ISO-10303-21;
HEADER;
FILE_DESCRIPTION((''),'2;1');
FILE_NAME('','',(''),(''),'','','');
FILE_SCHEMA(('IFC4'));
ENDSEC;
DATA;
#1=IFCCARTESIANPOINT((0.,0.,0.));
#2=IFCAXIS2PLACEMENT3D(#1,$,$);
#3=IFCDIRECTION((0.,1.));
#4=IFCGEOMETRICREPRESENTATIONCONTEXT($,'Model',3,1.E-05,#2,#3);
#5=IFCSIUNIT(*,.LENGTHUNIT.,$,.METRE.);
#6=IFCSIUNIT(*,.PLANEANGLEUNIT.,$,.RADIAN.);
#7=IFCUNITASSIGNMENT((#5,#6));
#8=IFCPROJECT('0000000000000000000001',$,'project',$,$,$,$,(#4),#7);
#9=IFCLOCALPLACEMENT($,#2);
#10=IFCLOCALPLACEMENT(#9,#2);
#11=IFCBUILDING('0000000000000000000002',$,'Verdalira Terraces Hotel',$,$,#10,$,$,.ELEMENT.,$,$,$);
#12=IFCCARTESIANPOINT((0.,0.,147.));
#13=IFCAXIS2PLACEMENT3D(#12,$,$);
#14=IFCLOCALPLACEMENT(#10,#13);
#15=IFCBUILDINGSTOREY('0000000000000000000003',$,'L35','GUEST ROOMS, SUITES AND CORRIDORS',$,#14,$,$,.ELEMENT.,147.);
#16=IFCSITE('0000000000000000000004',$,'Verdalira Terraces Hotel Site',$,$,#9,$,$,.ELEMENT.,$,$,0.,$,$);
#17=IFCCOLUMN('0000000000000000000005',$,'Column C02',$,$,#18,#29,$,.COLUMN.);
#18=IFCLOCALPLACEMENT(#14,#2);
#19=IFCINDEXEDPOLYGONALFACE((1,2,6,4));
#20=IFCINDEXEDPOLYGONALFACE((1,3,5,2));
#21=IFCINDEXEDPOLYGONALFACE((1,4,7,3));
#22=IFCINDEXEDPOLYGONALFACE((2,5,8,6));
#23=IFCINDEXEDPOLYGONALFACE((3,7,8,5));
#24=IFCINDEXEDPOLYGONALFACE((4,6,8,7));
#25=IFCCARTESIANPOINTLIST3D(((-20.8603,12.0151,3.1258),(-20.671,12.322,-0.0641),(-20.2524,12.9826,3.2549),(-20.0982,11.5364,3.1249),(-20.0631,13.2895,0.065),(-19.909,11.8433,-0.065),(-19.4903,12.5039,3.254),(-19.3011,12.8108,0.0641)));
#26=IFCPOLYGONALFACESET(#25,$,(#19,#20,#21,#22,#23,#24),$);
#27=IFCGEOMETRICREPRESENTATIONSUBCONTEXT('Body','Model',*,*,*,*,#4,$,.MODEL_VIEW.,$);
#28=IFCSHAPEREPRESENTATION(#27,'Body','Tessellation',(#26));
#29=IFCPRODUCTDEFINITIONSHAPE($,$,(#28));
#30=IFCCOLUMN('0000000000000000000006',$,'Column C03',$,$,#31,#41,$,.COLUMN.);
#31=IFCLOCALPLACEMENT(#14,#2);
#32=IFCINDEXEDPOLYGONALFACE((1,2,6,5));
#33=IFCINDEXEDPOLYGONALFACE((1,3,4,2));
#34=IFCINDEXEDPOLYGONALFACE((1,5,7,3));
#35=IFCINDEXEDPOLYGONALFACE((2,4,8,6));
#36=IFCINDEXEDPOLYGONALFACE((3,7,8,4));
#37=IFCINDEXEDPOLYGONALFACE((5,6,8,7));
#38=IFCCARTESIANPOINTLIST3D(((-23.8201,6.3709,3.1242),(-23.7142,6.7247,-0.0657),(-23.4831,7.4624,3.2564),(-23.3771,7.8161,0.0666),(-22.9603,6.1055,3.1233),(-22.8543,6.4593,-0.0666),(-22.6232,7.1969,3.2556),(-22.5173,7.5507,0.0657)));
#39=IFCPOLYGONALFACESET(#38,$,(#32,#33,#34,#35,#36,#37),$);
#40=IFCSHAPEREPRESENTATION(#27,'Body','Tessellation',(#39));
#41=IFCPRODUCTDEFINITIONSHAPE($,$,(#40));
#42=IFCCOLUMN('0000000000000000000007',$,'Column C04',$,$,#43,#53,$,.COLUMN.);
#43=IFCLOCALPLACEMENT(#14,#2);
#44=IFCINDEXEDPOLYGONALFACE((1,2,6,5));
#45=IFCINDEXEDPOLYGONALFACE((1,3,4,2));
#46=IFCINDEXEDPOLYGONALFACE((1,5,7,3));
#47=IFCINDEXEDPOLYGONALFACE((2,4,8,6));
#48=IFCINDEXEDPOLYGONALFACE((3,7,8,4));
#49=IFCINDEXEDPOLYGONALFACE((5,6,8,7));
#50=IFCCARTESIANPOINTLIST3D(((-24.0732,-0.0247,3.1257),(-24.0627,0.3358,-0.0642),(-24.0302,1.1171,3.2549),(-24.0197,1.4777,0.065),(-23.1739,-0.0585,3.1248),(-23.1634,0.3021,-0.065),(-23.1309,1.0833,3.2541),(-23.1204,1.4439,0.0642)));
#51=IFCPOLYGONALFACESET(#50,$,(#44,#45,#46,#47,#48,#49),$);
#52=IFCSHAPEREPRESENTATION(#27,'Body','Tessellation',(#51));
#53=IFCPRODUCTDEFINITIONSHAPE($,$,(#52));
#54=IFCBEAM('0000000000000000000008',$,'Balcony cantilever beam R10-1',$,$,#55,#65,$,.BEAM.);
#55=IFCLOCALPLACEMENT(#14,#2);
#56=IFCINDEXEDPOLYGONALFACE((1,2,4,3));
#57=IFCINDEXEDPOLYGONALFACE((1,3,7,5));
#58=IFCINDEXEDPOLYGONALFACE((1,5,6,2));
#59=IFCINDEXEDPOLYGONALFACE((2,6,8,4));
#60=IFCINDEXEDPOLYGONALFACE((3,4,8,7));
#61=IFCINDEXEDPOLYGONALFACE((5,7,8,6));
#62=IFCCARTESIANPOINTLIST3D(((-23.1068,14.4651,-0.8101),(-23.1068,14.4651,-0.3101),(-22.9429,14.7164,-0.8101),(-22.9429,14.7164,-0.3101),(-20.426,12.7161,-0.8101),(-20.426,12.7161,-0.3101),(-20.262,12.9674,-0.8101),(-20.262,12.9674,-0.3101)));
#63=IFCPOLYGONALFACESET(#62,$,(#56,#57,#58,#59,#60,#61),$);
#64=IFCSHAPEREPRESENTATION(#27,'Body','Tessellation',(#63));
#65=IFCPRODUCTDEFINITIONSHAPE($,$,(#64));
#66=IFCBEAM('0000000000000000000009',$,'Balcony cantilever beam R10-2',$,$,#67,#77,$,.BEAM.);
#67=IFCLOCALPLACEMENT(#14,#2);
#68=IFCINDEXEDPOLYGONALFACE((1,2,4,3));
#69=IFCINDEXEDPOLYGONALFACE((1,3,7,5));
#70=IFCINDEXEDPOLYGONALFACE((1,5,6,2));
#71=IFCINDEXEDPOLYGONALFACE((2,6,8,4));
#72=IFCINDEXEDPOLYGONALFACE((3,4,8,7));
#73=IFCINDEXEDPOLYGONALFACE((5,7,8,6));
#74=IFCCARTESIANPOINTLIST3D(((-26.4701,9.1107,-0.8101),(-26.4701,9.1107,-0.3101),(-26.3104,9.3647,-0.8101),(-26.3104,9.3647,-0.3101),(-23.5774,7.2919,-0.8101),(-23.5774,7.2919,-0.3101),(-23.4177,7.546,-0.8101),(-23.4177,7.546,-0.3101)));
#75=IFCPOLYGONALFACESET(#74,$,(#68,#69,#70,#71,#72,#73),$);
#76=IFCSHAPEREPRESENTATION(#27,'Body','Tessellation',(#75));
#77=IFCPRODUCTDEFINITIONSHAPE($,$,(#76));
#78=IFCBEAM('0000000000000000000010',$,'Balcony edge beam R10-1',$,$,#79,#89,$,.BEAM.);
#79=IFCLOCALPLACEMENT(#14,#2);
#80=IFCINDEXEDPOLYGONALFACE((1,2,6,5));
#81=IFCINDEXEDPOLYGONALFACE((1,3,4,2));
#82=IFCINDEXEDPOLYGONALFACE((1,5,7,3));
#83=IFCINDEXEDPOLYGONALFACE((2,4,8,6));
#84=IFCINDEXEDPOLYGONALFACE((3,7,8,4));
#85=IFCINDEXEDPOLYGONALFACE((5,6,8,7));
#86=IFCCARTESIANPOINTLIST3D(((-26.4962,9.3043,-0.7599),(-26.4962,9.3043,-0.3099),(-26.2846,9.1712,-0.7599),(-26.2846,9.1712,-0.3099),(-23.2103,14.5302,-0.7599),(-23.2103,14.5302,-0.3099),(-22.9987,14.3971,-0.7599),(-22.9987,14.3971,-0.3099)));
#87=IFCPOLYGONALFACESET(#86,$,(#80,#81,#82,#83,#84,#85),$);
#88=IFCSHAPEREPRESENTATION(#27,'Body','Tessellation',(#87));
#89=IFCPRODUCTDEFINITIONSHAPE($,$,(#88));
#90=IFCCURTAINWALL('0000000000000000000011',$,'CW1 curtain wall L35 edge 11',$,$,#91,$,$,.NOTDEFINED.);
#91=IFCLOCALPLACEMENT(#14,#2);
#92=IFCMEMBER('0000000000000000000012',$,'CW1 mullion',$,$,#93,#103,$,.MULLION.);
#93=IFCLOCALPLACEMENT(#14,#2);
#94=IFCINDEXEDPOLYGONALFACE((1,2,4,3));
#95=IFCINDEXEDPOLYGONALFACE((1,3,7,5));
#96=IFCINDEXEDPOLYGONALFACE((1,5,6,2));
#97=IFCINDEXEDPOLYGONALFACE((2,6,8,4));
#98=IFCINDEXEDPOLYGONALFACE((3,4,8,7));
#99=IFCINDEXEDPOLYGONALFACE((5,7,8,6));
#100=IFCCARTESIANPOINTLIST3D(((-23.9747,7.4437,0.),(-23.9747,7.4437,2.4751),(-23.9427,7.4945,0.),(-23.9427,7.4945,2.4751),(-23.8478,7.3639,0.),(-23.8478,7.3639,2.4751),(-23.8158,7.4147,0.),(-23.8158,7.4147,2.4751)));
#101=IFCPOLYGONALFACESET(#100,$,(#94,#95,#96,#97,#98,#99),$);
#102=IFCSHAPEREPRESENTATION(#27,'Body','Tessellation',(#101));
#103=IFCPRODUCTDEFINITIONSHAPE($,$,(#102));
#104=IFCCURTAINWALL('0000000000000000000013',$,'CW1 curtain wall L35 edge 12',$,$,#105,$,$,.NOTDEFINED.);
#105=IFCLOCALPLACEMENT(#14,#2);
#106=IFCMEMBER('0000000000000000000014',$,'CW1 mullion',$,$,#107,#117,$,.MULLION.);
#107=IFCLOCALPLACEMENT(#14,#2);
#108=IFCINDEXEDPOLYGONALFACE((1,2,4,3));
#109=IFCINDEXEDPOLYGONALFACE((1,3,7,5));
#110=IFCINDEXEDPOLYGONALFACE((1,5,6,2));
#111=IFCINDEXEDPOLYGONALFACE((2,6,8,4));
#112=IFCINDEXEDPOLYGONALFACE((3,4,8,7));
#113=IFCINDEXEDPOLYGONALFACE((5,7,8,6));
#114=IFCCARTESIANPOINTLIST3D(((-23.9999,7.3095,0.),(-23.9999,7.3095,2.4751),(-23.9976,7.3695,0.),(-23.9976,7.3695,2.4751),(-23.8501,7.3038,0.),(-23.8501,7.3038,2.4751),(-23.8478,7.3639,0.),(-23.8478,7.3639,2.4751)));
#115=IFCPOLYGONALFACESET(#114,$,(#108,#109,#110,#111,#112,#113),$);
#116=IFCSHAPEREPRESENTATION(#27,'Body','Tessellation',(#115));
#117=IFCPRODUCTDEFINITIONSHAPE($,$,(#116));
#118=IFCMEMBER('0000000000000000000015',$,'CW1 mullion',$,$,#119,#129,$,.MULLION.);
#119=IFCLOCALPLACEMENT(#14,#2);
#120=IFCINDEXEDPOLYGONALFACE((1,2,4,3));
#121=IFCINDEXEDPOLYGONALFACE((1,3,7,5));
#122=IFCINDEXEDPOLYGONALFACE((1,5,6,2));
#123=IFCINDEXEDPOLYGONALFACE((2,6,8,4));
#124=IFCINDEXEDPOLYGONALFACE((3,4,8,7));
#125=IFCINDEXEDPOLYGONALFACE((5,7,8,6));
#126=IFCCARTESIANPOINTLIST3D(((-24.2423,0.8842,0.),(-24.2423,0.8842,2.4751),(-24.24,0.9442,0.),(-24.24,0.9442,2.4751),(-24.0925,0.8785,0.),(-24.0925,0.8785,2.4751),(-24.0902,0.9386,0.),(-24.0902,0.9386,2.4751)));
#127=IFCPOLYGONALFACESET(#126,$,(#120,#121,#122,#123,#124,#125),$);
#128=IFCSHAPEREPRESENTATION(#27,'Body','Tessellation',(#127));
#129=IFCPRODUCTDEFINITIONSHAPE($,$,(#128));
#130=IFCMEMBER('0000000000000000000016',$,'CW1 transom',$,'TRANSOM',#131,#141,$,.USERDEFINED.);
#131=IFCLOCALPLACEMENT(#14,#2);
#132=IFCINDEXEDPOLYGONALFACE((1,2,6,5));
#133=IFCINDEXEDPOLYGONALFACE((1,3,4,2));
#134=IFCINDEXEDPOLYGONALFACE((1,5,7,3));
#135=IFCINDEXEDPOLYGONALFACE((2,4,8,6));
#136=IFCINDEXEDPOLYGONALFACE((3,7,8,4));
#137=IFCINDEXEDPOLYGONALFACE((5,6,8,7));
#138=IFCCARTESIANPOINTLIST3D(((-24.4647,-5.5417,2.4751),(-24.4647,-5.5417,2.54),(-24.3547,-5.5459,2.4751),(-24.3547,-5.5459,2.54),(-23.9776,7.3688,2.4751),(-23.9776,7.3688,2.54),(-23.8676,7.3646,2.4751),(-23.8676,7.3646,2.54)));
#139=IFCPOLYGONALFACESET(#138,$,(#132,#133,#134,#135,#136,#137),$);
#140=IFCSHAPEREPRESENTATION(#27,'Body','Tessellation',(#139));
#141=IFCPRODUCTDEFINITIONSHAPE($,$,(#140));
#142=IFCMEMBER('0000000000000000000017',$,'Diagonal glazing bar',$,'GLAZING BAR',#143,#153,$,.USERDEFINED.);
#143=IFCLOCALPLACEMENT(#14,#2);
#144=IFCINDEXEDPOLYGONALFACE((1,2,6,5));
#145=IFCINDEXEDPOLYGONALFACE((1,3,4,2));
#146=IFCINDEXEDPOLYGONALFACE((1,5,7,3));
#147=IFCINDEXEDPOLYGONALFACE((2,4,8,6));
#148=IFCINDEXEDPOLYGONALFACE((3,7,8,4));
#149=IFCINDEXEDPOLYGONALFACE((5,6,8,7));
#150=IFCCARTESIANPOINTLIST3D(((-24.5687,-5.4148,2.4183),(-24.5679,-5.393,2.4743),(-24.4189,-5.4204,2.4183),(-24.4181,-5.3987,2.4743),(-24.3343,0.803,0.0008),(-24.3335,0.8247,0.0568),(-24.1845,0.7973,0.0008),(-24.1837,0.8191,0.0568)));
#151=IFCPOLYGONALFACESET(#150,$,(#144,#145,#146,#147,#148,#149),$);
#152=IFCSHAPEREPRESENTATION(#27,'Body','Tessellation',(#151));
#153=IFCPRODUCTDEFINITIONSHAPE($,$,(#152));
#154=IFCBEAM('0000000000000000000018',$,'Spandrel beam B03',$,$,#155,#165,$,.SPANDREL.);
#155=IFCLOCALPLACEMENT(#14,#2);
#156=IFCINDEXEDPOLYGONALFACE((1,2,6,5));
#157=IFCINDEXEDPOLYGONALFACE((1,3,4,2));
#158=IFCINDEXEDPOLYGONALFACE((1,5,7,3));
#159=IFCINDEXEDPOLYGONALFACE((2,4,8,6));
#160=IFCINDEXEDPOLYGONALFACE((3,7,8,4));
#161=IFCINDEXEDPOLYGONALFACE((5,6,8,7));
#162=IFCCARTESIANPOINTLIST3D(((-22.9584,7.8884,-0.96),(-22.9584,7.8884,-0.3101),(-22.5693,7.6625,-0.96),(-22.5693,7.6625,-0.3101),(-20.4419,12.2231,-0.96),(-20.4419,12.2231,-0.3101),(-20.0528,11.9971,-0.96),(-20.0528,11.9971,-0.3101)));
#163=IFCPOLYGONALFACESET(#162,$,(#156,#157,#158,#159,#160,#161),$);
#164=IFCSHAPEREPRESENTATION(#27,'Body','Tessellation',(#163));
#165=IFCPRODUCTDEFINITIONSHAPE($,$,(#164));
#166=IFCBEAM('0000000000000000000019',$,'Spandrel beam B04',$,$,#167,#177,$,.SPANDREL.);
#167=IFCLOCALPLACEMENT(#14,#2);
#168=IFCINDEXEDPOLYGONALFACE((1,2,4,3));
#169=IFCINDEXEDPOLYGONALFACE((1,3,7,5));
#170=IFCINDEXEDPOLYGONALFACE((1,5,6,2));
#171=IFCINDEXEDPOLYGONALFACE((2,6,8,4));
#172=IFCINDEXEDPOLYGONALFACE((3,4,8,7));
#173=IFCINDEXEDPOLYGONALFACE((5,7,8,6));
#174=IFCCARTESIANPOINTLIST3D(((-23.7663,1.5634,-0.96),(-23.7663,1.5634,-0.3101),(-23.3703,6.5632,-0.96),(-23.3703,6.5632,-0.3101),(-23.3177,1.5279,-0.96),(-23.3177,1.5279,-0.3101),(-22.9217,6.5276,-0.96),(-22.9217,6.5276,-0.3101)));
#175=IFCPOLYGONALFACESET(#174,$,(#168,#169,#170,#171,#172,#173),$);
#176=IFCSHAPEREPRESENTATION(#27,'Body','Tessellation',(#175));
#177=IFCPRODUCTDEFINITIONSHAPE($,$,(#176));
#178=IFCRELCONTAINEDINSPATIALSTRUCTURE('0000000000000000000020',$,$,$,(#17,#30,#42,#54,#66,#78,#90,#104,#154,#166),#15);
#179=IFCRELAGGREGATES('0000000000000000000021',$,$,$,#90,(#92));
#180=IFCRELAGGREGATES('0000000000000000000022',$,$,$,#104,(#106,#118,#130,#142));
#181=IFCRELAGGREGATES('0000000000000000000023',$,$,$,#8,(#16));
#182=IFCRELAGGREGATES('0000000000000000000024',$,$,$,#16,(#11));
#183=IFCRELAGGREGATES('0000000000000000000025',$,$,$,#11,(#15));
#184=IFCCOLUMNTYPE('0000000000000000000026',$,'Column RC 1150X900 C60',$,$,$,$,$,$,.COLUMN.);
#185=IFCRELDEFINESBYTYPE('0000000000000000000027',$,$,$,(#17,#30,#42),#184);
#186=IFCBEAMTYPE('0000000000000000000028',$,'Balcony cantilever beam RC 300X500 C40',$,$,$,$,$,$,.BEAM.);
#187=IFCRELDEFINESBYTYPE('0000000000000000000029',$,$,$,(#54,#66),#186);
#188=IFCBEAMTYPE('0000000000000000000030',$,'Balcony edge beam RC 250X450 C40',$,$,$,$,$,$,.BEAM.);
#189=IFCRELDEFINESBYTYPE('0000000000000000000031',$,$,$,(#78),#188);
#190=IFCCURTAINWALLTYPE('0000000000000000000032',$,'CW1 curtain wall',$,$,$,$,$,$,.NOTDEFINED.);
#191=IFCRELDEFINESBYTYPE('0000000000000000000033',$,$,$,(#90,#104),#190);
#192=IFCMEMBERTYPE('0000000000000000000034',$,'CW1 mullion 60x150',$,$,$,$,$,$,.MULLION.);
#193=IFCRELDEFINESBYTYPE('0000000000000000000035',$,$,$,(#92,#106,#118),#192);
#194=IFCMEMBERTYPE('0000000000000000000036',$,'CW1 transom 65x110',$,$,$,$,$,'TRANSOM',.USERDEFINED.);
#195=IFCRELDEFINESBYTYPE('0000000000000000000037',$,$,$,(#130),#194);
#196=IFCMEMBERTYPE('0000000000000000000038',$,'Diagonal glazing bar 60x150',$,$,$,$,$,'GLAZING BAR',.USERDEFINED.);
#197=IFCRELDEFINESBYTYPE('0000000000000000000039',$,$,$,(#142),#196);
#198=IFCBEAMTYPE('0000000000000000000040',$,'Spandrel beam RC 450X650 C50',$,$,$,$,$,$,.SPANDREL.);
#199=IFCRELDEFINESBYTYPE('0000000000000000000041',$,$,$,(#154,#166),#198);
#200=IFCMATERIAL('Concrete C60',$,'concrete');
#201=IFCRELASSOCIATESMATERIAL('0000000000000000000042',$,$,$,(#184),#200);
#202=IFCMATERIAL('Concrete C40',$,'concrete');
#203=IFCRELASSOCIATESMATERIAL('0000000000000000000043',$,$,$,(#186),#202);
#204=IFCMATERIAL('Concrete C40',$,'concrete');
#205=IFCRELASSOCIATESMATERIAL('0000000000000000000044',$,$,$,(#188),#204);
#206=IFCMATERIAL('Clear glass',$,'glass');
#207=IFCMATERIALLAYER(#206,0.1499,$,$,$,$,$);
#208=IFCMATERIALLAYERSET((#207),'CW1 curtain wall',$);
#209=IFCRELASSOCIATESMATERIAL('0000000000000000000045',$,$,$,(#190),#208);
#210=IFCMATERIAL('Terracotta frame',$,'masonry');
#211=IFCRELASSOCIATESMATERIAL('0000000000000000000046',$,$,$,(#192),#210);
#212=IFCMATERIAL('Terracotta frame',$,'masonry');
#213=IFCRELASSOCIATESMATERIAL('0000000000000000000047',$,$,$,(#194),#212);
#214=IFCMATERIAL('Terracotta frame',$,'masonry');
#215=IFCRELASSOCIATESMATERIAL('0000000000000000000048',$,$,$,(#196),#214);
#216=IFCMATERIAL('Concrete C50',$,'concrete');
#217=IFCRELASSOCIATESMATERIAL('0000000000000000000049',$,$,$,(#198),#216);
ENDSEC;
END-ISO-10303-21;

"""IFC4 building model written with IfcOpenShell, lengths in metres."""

from ifc_helpers import new_model, si_unit, direction, frame, origin, origin_2d, place, context, subcontext, project, spatial, rectangle, extrude, material, layer, layer_set, material_profile, profile_set, type_object, element, aggregate, save


model = new_model("IFC4")

# Units and contexts
model_context = context("Model", 3, precision=1e-05, world=origin(), true_north=direction((0.0, 1.0)))
body_context = subcontext(model_context, "Body", "Model", "MODEL_VIEW")
ifc_project = project(units=[si_unit("LENGTHUNIT", "METRE"), si_unit("PLANEANGLEUNIT", "RADIAN")], contexts=[model_context])

# Site, building, storey
site_placement = place(None, origin())
site = spatial("IfcSite", under=ifc_project, at=site_placement, Name="Verdalira Terraces Hotel Site", CompositionType="ELEMENT", RefElevation=0.0)
building_placement = place(site_placement, origin())
building = spatial("IfcBuilding", under=site, at=building_placement, Name="Verdalira Terraces Hotel", CompositionType="ELEMENT")
storey_placement = place(building_placement, frame((0.0, 0.0, 147.0)))
storey = spatial("IfcBuildingStorey", under=building, at=storey_placement, Name="L35", Description="GUEST ROOMS, SUITES AND CORRIDORS", CompositionType="ELEMENT", Elevation=147.0)

# Columns
ifc_material_1 = material(Name="Concrete C60", Category="concrete")
ifc_material_profile_1 = material_profile(ifc_material_1, rectangle(XDim=1.1499, YDim=0.8999, at=origin_2d()), Name="RC 1150X900")
ifc_profile_set_1 = profile_set([ifc_material_profile_1], Name="Concrete C60")
column_type = type_object("IfcColumnType", Name="Column RC 1150X900 C60", PredefinedType="COLUMN", material=ifc_profile_set_1)
column_1_placement = place(storey_placement, frame((-19.9861, 12.5664, 0.0), z_axis=(-0.058939, -0.095595, 0.993674), x_axis=(-0.528654, -0.841376, -0.1123)))
element("IfcColumn", 1, at=column_1_placement, inside=storey, type_object=column_type, Name="Column C02", PredefinedType="COLUMN", context=body_context, shape_type="SweptSolid", body=[
    extrude(rectangle(XDim=1.1499, YDim=0.8999, at=origin_2d()), origin(), (0.0, 0.0, 1.0), 3.2102),
])
column_2_placement = place(storey_placement, frame((-23.1157, 7.1377, 0.0), z_axis=(-0.032996, -0.110163, 0.993366), x_axis=(0.293088, 0.949145, 0.114994)))
element("IfcColumn", 2, at=column_2_placement, inside=storey, type_object=column_type, Name="Column C03", PredefinedType="COLUMN", context=body_context, shape_type="SweptSolid", body=[
    extrude(rectangle(XDim=1.1499, YDim=0.8999, at=origin_2d()), origin(), (0.0, 0.0, 1.0), 3.2112),
])
column_3_placement = place(storey_placement, frame((-23.5916, 0.8899, 0.0), z_axis=(-0.00327, -0.112325, 0.993666), x_axis=(-0.037343, -0.992965, -0.112369)))
element("IfcColumn", 3, at=column_3_placement, inside=storey, type_object=column_type, Name="Column C04", PredefinedType="COLUMN", context=body_context, shape_type="SweptSolid", body=[
    extrude(rectangle(XDim=1.1499, YDim=0.8999, at=origin_2d()), origin(), (0.0, 0.0, 1.0), 3.2102),
])

# Beams
ifc_material_2 = material(Name="Concrete C40", Category="concrete")
ifc_material_profile_2 = material_profile(ifc_material_2, rectangle(XDim=0.3, YDim=0.5, at=origin_2d()), Name="RC 300X500")
ifc_profile_set_2 = profile_set([ifc_material_profile_2], Name="Concrete C40")
beam_type_1 = type_object("IfcBeamType", Name="Balcony cantilever beam RC 300X500 C40", PredefinedType="BEAM", material=ifc_profile_set_2)
beam_1_placement = place(storey_placement, frame((-20.344, 12.8418, -0.5601), z_axis=(-0.837524, 0.5464, 0.0), x_axis=(-0.5464, -0.837524, 0.0)))
element("IfcBeam", 4, at=beam_1_placement, inside=storey, type_object=beam_type_1, Name="Balcony cantilever beam R10-1", PredefinedType="BEAM", context=body_context, shape_type="SweptSolid", body=[
    extrude(rectangle(XDim=0.3, YDim=0.5, at=origin_2d()), origin(), (0.0, 0.0, 1.0), 3.2009),
])
beam_2_placement = place(storey_placement, frame((-23.4976, 7.4189, -0.5601), z_axis=(-0.84657, 0.532277, 0.0), x_axis=(-0.532277, -0.84657, 0.0)))
element("IfcBeam", 5, at=beam_2_placement, inside=storey, type_object=beam_type_1, Name="Balcony cantilever beam R10-2", PredefinedType="BEAM", context=body_context, shape_type="SweptSolid", body=[
    extrude(rectangle(XDim=0.3, YDim=0.5, at=origin_2d()), origin(), (0.0, 0.0, 1.0), 3.417),
])
ifc_material_3 = material(Name="Concrete C40", Category="concrete")
ifc_material_profile_3 = material_profile(ifc_material_3, rectangle(XDim=0.25, YDim=0.45, at=origin_2d()), Name="RC 250X450")
ifc_profile_set_3 = profile_set([ifc_material_profile_3], Name="Concrete C40")
beam_type_2 = type_object("IfcBeamType", Name="Balcony edge beam RC 250X450 C40", PredefinedType="BEAM", material=ifc_profile_set_3)
beam_3_placement = place(storey_placement, frame((-23.1045, 14.4636, -0.5349), z_axis=(-0.532297, -0.846558, 0.0), x_axis=(0.846558, -0.532297, 0.0)))
element("IfcBeam", 6, at=beam_3_placement, inside=storey, type_object=beam_type_2, Name="Balcony edge beam R10-1", PredefinedType="BEAM", context=body_context, shape_type="SweptSolid", body=[
    extrude(rectangle(XDim=0.25, YDim=0.45, at=origin_2d()), origin(), (0.0, 0.0, 1.0), 6.1731),
])

# Curtain wall, member
ifc_material_4 = material(Name="Clear glass", Category="glass")
ifc_layer_1 = layer(ifc_material_4, 0.1499)
ifc_layer_set_1 = layer_set([ifc_layer_1], Name="CW1 curtain wall")
curtain_wall_type = type_object("IfcCurtainWallType", Name="CW1 curtain wall", PredefinedType="NOTDEFINED", material=ifc_layer_set_1)
curtain_wall_1_placement = place(storey_placement, origin())
curtain_wall_1 = element("IfcCurtainWall", 7, at=curtain_wall_1_placement, inside=storey, type_object=curtain_wall_type, Name="CW1 curtain wall L35 edge 11", PredefinedType="NOTDEFINED")
ifc_material_5 = material(Name="Terracotta frame", Category="masonry")
ifc_material_profile_4 = material_profile(ifc_material_5, rectangle(XDim=0.0601, YDim=0.1499, at=origin_2d()), Name="MU 60x150")
ifc_profile_set_4 = profile_set([ifc_material_profile_4], Name="Terracotta frame")
member_type_1 = type_object("IfcMemberType", Name="CW1 mullion 60x150", PredefinedType="MULLION", material=ifc_profile_set_4)
member_1_placement = place(storey_placement, frame((-23.8953, 7.4292, 0.0), z_axis=(0.0, 0.0, 1.0), x_axis=(-0.532285, -0.846565, 0.0)))
member_1 = element("IfcMember", 8, at=member_1_placement, type_object=member_type_1, Name="CW1 mullion", PredefinedType="MULLION", context=body_context, shape_type="SweptSolid", body=[
    extrude(rectangle(XDim=0.0601, YDim=0.1499, at=origin_2d()), origin(), (0.0, 0.0, 1.0), 2.4751),
])

# Curtain wall, members
curtain_wall_2_placement = place(storey_placement, origin())
curtain_wall_2 = element("IfcCurtainWall", 9, at=curtain_wall_2_placement, inside=storey, type_object=curtain_wall_type, Name="CW1 curtain wall L35 edge 12", PredefinedType="NOTDEFINED")
member_2_placement = place(storey_placement, frame((-23.9238, 7.3367, 0.0), z_axis=(0.0, 0.0, 1.0), x_axis=(-0.03769, -0.999289, 0.0)))
member_2 = element("IfcMember", 10, at=member_2_placement, type_object=member_type_1, Name="CW1 mullion", PredefinedType="MULLION", context=body_context, shape_type="SweptSolid", body=[
    extrude(rectangle(XDim=0.0601, YDim=0.1499, at=origin_2d()), origin(), (0.0, 0.0, 1.0), 2.4751),
])
member_3_placement = place(storey_placement, frame((-24.1663, 0.9114, 0.0), z_axis=(0.0, 0.0, 1.0), x_axis=(-0.03769, -0.999289, 0.0)))
member_3 = element("IfcMember", 11, at=member_3_placement, type_object=member_type_1, Name="CW1 mullion", PredefinedType="MULLION", context=body_context, shape_type="SweptSolid", body=[
    extrude(rectangle(XDim=0.0601, YDim=0.1499, at=origin_2d()), origin(), (0.0, 0.0, 1.0), 2.4751),
])
ifc_material_6 = material(Name="Terracotta frame", Category="masonry")
ifc_material_profile_5 = material_profile(ifc_material_6, rectangle(XDim=0.1101, YDim=0.0649, at=origin_2d()), Name="TR 65x110")
ifc_profile_set_5 = profile_set([ifc_material_profile_5], Name="Terracotta frame")
member_type_2 = type_object("IfcMemberType", Name="CW1 transom 65x110", ElementType="TRANSOM", PredefinedType="USERDEFINED", material=ifc_profile_set_5)
member_4_placement = place(storey_placement, frame((-23.9226, 7.3667, 2.5076), z_axis=(-0.037699, -0.999289, 0.0), x_axis=(0.999289, -0.037699, 0.0)))
member_4 = element("IfcMember", 12, at=member_4_placement, type_object=member_type_2, Name="CW1 transom", ObjectType="TRANSOM", PredefinedType="USERDEFINED", context=body_context, shape_type="SweptSolid", body=[
    extrude(rectangle(XDim=0.1101, YDim=0.0649, at=origin_2d()), origin(), (0.0, 0.0, 1.0), 12.9197),
])
ifc_material_7 = material(Name="Terracotta frame", Category="masonry")
ifc_material_profile_6 = material_profile(ifc_material_7, rectangle(XDim=0.1499, YDim=0.0601, at=origin_2d()), Name="GB 60x150")
ifc_profile_set_6 = profile_set([ifc_material_profile_6], Name="Terracotta frame")
member_type_3 = type_object("IfcMemberType", Name="Diagonal glazing bar 60x150", ElementType="GLAZING BAR", PredefinedType="USERDEFINED", material=ifc_profile_set_6)
member_5_placement = place(storey_placement, frame((-24.259, 0.811, 0.0288), z_axis=(-0.035111, -0.931457, 0.362152), x_axis=(0.99929, -0.037668, 0.0)))
member_5 = element("IfcMember", 13, at=member_5_placement, type_object=member_type_3, Name="Diagonal glazing bar", ObjectType="GLAZING BAR", PredefinedType="USERDEFINED", context=body_context, shape_type="SweptSolid", body=[
    extrude(rectangle(XDim=0.1499, YDim=0.0601, at=origin_2d()), origin(), (0.0, 0.0, 1.0), 6.6753),
])

# Beams
ifc_material_8 = material(Name="Concrete C50", Category="concrete")
ifc_material_profile_7 = material_profile(ifc_material_8, rectangle(XDim=0.45, YDim=0.6499, at=origin_2d()), Name="RC 450X650")
ifc_profile_set_7 = profile_set([ifc_material_profile_7], Name="Concrete C50")
beam_type_3 = type_object("IfcBeamType", Name="Spandrel beam RC 450X650 C50", PredefinedType="SPANDREL", material=ifc_profile_set_7)
beam_4_placement = place(storey_placement, frame((-20.2473, 12.1101, -0.635), z_axis=(-0.502086, -0.864818, 0.0), x_axis=(0.864818, -0.502086, 0.0)))
element("IfcBeam", 14, at=beam_4_placement, inside=storey, type_object=beam_type_3, Name="Spandrel beam B03", PredefinedType="SPANDREL", context=body_context, shape_type="SweptSolid", body=[
    extrude(rectangle(XDim=0.45, YDim=0.6499, at=origin_2d()), origin(), (0.0, 0.0, 1.0), 5.0122),
])
beam_5_placement = place(storey_placement, frame((-23.146, 6.5454, -0.635), z_axis=(-0.078956, -0.996878, 0.0), x_axis=(0.996878, -0.078956, 0.0)))
element("IfcBeam", 15, at=beam_5_placement, inside=storey, type_object=beam_type_3, Name="Spandrel beam B04", PredefinedType="SPANDREL", context=body_context, shape_type="SweptSolid", body=[
    extrude(rectangle(XDim=0.45, YDim=0.6499, at=origin_2d()), origin(), (0.0, 0.0, 1.0), 5.0154),
])

aggregate(curtain_wall_1, [member_1])
aggregate(curtain_wall_2, [member_2, member_3, member_4, member_5])

save(model, "model.ifc")
